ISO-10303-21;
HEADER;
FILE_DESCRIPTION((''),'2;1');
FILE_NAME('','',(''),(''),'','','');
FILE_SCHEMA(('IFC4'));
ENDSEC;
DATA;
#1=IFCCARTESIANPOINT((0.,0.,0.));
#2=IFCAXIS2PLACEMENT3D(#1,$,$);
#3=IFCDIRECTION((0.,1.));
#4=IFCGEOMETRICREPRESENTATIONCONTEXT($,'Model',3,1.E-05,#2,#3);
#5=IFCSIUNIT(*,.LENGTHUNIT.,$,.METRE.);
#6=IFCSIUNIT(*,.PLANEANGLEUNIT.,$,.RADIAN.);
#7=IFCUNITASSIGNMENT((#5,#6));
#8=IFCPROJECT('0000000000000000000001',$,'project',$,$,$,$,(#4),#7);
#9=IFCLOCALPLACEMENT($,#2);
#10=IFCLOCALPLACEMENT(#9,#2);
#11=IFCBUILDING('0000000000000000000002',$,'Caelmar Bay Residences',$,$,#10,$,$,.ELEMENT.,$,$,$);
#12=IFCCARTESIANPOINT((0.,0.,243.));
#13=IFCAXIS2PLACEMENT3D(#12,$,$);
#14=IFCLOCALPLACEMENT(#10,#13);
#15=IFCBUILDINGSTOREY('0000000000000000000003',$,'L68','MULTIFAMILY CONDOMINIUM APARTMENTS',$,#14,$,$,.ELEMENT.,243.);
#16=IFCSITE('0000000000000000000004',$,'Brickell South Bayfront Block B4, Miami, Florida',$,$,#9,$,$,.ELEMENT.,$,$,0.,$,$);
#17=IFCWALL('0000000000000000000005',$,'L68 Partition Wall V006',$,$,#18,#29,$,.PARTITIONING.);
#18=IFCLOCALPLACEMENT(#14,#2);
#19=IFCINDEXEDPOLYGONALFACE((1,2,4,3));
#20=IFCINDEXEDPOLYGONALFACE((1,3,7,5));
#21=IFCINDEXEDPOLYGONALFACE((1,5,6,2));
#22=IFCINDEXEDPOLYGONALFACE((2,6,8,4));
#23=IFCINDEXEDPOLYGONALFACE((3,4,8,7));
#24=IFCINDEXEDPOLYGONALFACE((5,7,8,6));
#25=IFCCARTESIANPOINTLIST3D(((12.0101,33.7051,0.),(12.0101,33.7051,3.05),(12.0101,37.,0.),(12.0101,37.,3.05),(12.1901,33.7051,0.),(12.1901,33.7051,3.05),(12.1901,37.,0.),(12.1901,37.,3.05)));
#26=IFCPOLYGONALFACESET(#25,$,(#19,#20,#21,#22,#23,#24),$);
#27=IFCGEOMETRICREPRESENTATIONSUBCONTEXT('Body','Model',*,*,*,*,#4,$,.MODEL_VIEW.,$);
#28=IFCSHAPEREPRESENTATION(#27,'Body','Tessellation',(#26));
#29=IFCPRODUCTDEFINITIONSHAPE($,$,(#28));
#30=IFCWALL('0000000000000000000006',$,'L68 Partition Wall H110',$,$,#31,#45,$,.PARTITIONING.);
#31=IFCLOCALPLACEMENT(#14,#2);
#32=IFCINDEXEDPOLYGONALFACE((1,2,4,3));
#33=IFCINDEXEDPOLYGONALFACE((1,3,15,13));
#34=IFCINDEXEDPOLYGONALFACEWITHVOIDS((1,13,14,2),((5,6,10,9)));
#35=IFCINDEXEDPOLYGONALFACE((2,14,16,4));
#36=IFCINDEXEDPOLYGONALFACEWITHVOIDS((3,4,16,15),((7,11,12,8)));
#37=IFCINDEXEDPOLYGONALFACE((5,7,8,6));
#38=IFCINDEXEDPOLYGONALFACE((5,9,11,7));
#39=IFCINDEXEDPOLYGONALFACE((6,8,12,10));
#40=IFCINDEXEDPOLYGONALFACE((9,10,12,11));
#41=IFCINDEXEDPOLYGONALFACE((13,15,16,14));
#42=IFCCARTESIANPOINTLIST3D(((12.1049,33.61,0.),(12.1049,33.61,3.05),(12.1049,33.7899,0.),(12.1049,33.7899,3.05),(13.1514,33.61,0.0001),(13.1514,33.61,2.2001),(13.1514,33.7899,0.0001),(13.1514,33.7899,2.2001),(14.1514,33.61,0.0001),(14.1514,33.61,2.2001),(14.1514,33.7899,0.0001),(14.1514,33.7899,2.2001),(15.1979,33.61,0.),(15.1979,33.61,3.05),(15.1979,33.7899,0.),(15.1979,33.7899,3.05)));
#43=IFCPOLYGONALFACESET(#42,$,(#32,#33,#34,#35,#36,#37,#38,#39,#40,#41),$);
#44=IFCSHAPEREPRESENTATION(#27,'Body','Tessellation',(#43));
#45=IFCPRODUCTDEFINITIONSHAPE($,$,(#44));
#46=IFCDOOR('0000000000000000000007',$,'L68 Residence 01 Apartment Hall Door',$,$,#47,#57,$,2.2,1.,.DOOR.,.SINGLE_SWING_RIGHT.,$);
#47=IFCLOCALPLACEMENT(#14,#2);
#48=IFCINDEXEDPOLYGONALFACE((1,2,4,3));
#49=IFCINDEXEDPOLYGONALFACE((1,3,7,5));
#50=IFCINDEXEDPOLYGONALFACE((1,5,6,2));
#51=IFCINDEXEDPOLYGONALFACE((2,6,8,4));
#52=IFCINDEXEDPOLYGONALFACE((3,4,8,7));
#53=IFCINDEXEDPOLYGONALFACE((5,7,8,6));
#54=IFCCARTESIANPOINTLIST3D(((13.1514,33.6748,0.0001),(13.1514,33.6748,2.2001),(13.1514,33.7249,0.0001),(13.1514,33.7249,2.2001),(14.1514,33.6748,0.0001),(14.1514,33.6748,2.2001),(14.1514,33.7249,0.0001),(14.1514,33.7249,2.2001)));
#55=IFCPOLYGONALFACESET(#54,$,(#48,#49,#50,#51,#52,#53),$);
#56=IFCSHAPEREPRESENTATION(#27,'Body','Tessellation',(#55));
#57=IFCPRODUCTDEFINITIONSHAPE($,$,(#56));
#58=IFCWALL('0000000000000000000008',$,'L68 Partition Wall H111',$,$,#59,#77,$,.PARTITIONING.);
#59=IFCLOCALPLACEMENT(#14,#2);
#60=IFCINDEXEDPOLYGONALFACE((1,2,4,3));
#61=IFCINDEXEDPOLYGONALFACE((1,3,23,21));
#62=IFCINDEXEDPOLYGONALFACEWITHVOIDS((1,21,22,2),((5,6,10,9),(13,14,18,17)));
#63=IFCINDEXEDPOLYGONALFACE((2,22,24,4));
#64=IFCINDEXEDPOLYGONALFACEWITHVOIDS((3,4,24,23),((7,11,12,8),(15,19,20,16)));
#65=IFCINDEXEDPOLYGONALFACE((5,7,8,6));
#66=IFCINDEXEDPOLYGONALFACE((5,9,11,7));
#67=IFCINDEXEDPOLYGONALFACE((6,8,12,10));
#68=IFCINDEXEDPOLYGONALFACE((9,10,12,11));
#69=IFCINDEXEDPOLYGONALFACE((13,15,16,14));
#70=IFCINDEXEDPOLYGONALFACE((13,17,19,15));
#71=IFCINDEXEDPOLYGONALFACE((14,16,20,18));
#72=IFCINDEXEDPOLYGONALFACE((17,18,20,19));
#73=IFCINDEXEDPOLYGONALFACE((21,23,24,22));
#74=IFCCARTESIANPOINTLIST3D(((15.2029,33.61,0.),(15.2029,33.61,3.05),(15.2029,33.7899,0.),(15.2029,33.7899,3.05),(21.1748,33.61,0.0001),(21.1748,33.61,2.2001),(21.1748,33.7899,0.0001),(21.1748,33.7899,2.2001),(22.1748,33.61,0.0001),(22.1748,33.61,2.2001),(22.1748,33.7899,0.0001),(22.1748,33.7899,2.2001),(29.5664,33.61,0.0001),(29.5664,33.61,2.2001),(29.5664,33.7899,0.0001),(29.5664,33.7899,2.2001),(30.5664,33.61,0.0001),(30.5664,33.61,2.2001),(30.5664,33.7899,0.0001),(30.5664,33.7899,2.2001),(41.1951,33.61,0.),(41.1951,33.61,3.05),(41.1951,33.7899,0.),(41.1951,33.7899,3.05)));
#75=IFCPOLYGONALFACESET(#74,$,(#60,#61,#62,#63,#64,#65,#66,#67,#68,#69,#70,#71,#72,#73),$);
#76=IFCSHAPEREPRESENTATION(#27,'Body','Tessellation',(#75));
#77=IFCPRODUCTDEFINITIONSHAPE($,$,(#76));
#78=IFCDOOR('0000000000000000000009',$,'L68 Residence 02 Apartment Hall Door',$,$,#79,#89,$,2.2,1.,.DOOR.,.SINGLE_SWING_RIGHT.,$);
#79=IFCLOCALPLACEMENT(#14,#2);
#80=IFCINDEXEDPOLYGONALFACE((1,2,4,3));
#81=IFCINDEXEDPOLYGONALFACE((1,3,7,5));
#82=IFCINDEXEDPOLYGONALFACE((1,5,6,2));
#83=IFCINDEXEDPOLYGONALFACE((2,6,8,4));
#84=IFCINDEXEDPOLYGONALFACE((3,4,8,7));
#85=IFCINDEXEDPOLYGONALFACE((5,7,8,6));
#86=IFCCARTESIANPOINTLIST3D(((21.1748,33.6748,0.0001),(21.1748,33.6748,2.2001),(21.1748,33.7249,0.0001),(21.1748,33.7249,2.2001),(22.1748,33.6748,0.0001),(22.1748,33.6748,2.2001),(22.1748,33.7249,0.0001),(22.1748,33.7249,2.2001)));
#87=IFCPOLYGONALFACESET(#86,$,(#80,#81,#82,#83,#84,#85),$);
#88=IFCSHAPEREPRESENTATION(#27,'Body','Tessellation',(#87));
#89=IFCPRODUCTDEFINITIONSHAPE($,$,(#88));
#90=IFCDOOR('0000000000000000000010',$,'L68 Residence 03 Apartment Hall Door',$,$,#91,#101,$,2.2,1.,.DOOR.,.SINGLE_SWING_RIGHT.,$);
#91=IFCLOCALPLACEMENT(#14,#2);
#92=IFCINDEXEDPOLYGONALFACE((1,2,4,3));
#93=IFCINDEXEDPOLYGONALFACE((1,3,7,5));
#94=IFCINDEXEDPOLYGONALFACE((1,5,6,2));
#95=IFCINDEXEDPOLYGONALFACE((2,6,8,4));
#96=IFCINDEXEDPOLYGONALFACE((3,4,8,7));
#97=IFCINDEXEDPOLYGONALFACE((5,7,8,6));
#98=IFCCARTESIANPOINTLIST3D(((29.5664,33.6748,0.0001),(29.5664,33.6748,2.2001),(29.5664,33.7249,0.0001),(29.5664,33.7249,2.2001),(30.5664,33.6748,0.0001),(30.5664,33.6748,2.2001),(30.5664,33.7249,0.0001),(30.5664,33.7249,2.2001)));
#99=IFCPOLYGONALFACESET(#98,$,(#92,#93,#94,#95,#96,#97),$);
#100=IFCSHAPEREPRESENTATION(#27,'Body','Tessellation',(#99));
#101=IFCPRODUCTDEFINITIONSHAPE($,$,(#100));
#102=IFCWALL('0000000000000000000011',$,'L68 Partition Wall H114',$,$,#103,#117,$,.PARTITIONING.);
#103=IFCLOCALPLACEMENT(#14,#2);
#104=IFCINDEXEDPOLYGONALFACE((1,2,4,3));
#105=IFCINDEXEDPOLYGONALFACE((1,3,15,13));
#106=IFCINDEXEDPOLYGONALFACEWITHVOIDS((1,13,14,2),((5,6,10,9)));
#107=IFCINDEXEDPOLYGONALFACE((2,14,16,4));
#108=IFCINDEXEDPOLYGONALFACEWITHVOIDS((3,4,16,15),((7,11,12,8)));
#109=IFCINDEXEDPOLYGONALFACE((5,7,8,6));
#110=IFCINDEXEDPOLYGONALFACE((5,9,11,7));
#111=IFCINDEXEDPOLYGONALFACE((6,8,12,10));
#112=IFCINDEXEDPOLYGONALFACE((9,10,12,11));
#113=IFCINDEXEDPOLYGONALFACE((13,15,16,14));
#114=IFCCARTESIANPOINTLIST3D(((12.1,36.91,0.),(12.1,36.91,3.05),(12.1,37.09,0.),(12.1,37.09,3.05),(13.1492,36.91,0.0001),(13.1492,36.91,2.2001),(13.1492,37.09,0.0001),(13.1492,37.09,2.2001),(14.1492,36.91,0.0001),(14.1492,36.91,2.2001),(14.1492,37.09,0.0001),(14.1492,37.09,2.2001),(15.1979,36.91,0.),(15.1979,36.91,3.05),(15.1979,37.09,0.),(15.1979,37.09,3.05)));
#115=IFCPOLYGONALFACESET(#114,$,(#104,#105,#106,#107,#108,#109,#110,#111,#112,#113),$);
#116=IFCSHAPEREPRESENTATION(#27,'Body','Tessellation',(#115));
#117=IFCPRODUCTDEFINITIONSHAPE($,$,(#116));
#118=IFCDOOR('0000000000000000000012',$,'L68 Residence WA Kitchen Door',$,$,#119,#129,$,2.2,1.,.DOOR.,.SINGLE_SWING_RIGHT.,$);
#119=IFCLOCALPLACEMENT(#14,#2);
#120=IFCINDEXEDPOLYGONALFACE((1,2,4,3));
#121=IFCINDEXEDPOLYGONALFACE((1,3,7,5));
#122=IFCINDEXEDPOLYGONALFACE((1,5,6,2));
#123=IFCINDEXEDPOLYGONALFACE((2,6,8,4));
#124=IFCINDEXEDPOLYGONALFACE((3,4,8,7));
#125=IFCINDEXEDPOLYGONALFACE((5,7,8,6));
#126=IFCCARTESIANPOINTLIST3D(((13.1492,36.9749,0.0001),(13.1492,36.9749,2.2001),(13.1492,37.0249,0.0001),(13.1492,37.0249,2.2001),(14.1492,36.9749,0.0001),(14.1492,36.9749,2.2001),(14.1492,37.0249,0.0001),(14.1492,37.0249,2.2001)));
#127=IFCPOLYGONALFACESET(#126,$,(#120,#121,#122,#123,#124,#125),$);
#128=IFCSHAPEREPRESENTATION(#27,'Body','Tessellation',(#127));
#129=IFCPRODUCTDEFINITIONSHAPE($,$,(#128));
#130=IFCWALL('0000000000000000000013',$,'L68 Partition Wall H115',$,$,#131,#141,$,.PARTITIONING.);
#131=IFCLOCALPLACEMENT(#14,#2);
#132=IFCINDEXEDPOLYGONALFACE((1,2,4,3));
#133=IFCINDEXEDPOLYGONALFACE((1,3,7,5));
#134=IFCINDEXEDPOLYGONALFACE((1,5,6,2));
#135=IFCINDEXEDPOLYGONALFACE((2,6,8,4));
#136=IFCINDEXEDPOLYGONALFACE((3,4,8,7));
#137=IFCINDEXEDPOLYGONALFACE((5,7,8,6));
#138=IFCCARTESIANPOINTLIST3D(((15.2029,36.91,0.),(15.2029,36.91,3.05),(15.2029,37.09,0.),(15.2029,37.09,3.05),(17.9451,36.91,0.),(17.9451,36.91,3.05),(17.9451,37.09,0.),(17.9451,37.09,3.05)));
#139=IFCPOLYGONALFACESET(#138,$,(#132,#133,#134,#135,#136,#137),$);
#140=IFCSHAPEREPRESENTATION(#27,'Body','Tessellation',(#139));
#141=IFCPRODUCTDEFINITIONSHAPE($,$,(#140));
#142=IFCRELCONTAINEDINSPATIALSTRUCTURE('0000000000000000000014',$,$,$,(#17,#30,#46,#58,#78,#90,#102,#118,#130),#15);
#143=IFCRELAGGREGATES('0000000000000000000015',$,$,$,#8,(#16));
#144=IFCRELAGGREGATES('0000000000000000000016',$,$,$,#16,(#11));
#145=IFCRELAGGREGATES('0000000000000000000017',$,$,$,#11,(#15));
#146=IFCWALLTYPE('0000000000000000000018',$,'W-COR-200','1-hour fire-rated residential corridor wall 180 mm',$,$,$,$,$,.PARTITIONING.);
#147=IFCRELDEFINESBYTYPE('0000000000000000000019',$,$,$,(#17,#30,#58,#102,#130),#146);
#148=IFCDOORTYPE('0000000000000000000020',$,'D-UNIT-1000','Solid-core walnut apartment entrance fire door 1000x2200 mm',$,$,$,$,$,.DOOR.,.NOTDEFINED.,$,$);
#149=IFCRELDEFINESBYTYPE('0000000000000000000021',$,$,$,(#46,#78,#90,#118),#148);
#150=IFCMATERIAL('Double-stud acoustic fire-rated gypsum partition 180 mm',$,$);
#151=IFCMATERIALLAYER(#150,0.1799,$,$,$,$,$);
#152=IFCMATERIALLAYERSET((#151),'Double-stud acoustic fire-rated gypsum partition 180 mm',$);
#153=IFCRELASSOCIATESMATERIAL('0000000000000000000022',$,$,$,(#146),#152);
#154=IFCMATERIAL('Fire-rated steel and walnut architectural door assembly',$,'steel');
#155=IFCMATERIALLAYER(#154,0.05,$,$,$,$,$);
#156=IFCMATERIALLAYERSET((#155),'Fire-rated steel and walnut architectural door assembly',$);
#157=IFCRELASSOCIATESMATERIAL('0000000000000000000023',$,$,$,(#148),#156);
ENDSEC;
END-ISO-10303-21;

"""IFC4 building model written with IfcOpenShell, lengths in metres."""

from ifc_helpers import new_model, si_unit, direction, frame, frame_2d, origin, place, context, subcontext, project, spatial, rectangle, extrude, material, layer, layer_set, type_object, element, fill, save


model = new_model("IFC4")

# Units and contexts
model_context = context("Model", 3, precision=1e-05, world=origin(), true_north=direction((0.0, 1.0)))
body_context = subcontext(model_context, "Body", "Model", "MODEL_VIEW")
ifc_project = project(units=[si_unit("LENGTHUNIT", "METRE"), si_unit("PLANEANGLEUNIT", "RADIAN")], contexts=[model_context])

# Site, building, storey
site_placement = place(None, origin())
site = spatial("IfcSite", under=ifc_project, at=site_placement, Name="Brickell South Bayfront Block B4, Miami, Florida", CompositionType="ELEMENT", RefElevation=0.0)
building_placement = place(site_placement, origin())
building = spatial("IfcBuilding", under=site, at=building_placement, Name="Caelmar Bay Residences", CompositionType="ELEMENT")
storey_placement = place(building_placement, frame((0.0, 0.0, 243.0)))
storey = spatial("IfcBuildingStorey", under=building, at=storey_placement, Name="L68", Description="MULTIFAMILY CONDOMINIUM APARTMENTS", CompositionType="ELEMENT", Elevation=243.0)

# Shared definitions
ifc_material_1 = material(Name="Fire-rated steel and walnut architectural door assembly", Category="steel")

# Wall
ifc_material_2 = material(Name="Double-stud acoustic fire-rated gypsum partition 180 mm")
ifc_layer_1 = layer(ifc_material_2, 0.1799)
ifc_layer_set_1 = layer_set([ifc_layer_1], Name="Double-stud acoustic fire-rated gypsum partition 180 mm")
wall_type_1 = type_object("IfcWallType", Name="W-COR-200", Description="1-hour fire-rated residential corridor wall 180 mm", PredefinedType="PARTITIONING", material=ifc_layer_set_1)
wall_1_placement = place(storey_placement, frame((12.1001, 33.7051, 0.0), z_axis=(0.0, 0.0, 1.0), x_axis=(0.0, 1.0, 0.0)))
element("IfcWall", 1, at=wall_1_placement, inside=storey, type_object=wall_type_1, Name="L68 Partition Wall V006", PredefinedType="PARTITIONING", context=body_context, shape_type="SweptSolid", body=[
    extrude(rectangle(XDim=3.2949, YDim=0.1799, at=frame_2d((1.6475, 0.0))), origin(), (0.0, 0.0, 1.0), 3.05),
])

# Wall, opening, door
wall_2_placement = place(storey_placement, frame((12.105, 33.7, 0.0), z_axis=(0.0, 0.0, 1.0), x_axis=(1.0, 0.0, 0.0)))
wall_2 = element("IfcWall", 2, at=wall_2_placement, inside=storey, type_object=wall_type_1, Name="L68 Partition Wall H110", PredefinedType="PARTITIONING", context=body_context, shape_type="SweptSolid", body=[
    extrude(rectangle(XDim=3.093, YDim=0.1799, at=frame_2d((1.5464, 0.0))), origin(), (0.0, 0.0, 1.0), 3.05),
])
opening_1_placement = place(wall_2_placement, frame((1.0464, 0.0, 0.0)))
opening_1 = element("IfcOpeningElement", 3, at=opening_1_placement, cuts=wall_2, PredefinedType="OPENING", context=body_context, shape_type="SweptSolid", body=[
    extrude(rectangle(XDim=1.0, YDim=2.2, at=frame_2d((0.5, 1.1001))), frame((0.0, 0.0999, 0.0), z_axis=(0.0, -1.0, 0.0), x_axis=(1.0, 0.0, 0.0)), (0.0, 0.0, 1.0), 0.2),
])
ifc_layer_2 = layer(ifc_material_1, 0.05)
ifc_layer_set_2 = layer_set([ifc_layer_2], Name="Fire-rated steel and walnut architectural door assembly")
door_type_1 = type_object("IfcDoorType", Name="D-UNIT-1000", Description="Solid-core walnut apartment entrance fire door 1000x2200 mm", OperationType="NOTDEFINED", PredefinedType="DOOR", material=ifc_layer_set_2)
door_1_placement = place(opening_1_placement, origin())
door_1 = element("IfcDoor", 4, at=door_1_placement, inside=storey, type_object=door_type_1, Name="L68 Residence 01 Apartment Hall Door", OperationType="SINGLE_SWING_RIGHT", OverallHeight=2.2, OverallWidth=1.0, PredefinedType="DOOR", context=body_context, shape_type="SweptSolid", body=[
    extrude(rectangle(XDim=1.0, YDim=2.2, at=frame_2d((0.5, 1.1001))), frame((0.0, 0.0249, 0.0), z_axis=(0.0, -1.0, 0.0), x_axis=(1.0, 0.0, 0.0)), (0.0, 0.0, 1.0), 0.05),
])
fill(opening_1, door_1)

# Wall, openings, doors
wall_3_placement = place(storey_placement, frame((15.2029, 33.7, 0.0), z_axis=(0.0, 0.0, 1.0), x_axis=(1.0, 0.0, 0.0)))
wall_3 = element("IfcWall", 5, at=wall_3_placement, inside=storey, type_object=wall_type_1, Name="L68 Partition Wall H111", PredefinedType="PARTITIONING", context=body_context, shape_type="SweptSolid", body=[
    extrude(rectangle(XDim=25.9922, YDim=0.1799, at=frame_2d((12.9961, 0.0))), origin(), (0.0, 0.0, 1.0), 3.05),
])
opening_2_placement = place(wall_3_placement, frame((5.9719, 0.0, 0.0)))
opening_2 = element("IfcOpeningElement", 6, at=opening_2_placement, cuts=wall_3, PredefinedType="OPENING", context=body_context, shape_type="SweptSolid", body=[
    extrude(rectangle(XDim=1.0, YDim=2.2, at=frame_2d((0.5, 1.1001))), frame((0.0, 0.0999, 0.0), z_axis=(0.0, -1.0, 0.0), x_axis=(1.0, 0.0, 0.0)), (0.0, 0.0, 1.0), 0.2),
])
opening_3_placement = place(wall_3_placement, frame((14.3635, 0.0, 0.0)))
opening_3 = element("IfcOpeningElement", 7, at=opening_3_placement, cuts=wall_3, PredefinedType="OPENING", context=body_context, shape_type="SweptSolid", body=[
    extrude(rectangle(XDim=1.0, YDim=2.2, at=frame_2d((0.5, 1.1001))), frame((0.0, 0.0999, 0.0), z_axis=(0.0, -1.0, 0.0), x_axis=(1.0, 0.0, 0.0)), (0.0, 0.0, 1.0), 0.2),
])
door_2_placement = place(opening_2_placement, origin())
door_2 = element("IfcDoor", 8, at=door_2_placement, inside=storey, type_object=door_type_1, Name="L68 Residence 02 Apartment Hall Door", OperationType="SINGLE_SWING_RIGHT", OverallHeight=2.2, OverallWidth=1.0, PredefinedType="DOOR", context=body_context, shape_type="SweptSolid", body=[
    extrude(rectangle(XDim=1.0, YDim=2.2, at=frame_2d((0.5, 1.1001))), frame((0.0, 0.0249, 0.0), z_axis=(0.0, -1.0, 0.0), x_axis=(1.0, 0.0, 0.0)), (0.0, 0.0, 1.0), 0.05),
])
fill(opening_2, door_2)
door_3_placement = place(opening_3_placement, origin())
door_3 = element("IfcDoor", 9, at=door_3_placement, inside=storey, type_object=door_type_1, Name="L68 Residence 03 Apartment Hall Door", OperationType="SINGLE_SWING_RIGHT", OverallHeight=2.2, OverallWidth=1.0, PredefinedType="DOOR", context=body_context, shape_type="SweptSolid", body=[
    extrude(rectangle(XDim=1.0, YDim=2.2, at=frame_2d((0.5, 1.1001))), frame((0.0, 0.0249, 0.0), z_axis=(0.0, -1.0, 0.0), x_axis=(1.0, 0.0, 0.0)), (0.0, 0.0, 1.0), 0.05),
])
fill(opening_3, door_3)

# Wall, opening, door
wall_4_placement = place(storey_placement, frame((12.1001, 37.0, 0.0), z_axis=(0.0, 0.0, 1.0), x_axis=(1.0, 0.0, 0.0)))
wall_4 = element("IfcWall", 10, at=wall_4_placement, inside=storey, type_object=wall_type_1, Name="L68 Partition Wall H114", PredefinedType="PARTITIONING", context=body_context, shape_type="SweptSolid", body=[
    extrude(rectangle(XDim=3.0979, YDim=0.1799, at=frame_2d((1.5488, 0.0))), origin(), (0.0, 0.0, 1.0), 3.05),
])
opening_4_placement = place(wall_4_placement, frame((1.0491, 0.0, 0.0)))
opening_4 = element("IfcOpeningElement", 11, at=opening_4_placement, cuts=wall_4, PredefinedType="OPENING", context=body_context, shape_type="SweptSolid", body=[
    extrude(rectangle(XDim=1.0, YDim=2.2, at=frame_2d((0.5, 1.1001))), frame((0.0, 0.0999, 0.0), z_axis=(0.0, -1.0, 0.0), x_axis=(1.0, 0.0, 0.0)), (0.0, 0.0, 1.0), 0.2),
])
door_4_placement = place(opening_4_placement, origin())
door_4 = element("IfcDoor", 12, at=door_4_placement, inside=storey, type_object=door_type_1, Name="L68 Residence WA Kitchen Door", OperationType="SINGLE_SWING_RIGHT", OverallHeight=2.2, OverallWidth=1.0, PredefinedType="DOOR", context=body_context, shape_type="SweptSolid", body=[
    extrude(rectangle(XDim=1.0, YDim=2.2, at=frame_2d((0.5, 1.1001))), frame((0.0, 0.0249, 0.0), z_axis=(0.0, -1.0, 0.0), x_axis=(1.0, 0.0, 0.0)), (0.0, 0.0, 1.0), 0.05),
])
fill(opening_4, door_4)

# Wall
wall_5_placement = place(storey_placement, frame((15.2029, 37.0, 0.0), z_axis=(0.0, 0.0, 1.0), x_axis=(1.0, 0.0, 0.0)))
element("IfcWall", 13, at=wall_5_placement, inside=storey, type_object=wall_type_1, Name="L68 Partition Wall H115", PredefinedType="PARTITIONING", context=body_context, shape_type="SweptSolid", body=[
    extrude(rectangle(XDim=2.7422, YDim=0.1799, at=frame_2d((1.3711, 0.0))), origin(), (0.0, 0.0, 1.0), 3.05),
])

save(model, "model.ifc")
